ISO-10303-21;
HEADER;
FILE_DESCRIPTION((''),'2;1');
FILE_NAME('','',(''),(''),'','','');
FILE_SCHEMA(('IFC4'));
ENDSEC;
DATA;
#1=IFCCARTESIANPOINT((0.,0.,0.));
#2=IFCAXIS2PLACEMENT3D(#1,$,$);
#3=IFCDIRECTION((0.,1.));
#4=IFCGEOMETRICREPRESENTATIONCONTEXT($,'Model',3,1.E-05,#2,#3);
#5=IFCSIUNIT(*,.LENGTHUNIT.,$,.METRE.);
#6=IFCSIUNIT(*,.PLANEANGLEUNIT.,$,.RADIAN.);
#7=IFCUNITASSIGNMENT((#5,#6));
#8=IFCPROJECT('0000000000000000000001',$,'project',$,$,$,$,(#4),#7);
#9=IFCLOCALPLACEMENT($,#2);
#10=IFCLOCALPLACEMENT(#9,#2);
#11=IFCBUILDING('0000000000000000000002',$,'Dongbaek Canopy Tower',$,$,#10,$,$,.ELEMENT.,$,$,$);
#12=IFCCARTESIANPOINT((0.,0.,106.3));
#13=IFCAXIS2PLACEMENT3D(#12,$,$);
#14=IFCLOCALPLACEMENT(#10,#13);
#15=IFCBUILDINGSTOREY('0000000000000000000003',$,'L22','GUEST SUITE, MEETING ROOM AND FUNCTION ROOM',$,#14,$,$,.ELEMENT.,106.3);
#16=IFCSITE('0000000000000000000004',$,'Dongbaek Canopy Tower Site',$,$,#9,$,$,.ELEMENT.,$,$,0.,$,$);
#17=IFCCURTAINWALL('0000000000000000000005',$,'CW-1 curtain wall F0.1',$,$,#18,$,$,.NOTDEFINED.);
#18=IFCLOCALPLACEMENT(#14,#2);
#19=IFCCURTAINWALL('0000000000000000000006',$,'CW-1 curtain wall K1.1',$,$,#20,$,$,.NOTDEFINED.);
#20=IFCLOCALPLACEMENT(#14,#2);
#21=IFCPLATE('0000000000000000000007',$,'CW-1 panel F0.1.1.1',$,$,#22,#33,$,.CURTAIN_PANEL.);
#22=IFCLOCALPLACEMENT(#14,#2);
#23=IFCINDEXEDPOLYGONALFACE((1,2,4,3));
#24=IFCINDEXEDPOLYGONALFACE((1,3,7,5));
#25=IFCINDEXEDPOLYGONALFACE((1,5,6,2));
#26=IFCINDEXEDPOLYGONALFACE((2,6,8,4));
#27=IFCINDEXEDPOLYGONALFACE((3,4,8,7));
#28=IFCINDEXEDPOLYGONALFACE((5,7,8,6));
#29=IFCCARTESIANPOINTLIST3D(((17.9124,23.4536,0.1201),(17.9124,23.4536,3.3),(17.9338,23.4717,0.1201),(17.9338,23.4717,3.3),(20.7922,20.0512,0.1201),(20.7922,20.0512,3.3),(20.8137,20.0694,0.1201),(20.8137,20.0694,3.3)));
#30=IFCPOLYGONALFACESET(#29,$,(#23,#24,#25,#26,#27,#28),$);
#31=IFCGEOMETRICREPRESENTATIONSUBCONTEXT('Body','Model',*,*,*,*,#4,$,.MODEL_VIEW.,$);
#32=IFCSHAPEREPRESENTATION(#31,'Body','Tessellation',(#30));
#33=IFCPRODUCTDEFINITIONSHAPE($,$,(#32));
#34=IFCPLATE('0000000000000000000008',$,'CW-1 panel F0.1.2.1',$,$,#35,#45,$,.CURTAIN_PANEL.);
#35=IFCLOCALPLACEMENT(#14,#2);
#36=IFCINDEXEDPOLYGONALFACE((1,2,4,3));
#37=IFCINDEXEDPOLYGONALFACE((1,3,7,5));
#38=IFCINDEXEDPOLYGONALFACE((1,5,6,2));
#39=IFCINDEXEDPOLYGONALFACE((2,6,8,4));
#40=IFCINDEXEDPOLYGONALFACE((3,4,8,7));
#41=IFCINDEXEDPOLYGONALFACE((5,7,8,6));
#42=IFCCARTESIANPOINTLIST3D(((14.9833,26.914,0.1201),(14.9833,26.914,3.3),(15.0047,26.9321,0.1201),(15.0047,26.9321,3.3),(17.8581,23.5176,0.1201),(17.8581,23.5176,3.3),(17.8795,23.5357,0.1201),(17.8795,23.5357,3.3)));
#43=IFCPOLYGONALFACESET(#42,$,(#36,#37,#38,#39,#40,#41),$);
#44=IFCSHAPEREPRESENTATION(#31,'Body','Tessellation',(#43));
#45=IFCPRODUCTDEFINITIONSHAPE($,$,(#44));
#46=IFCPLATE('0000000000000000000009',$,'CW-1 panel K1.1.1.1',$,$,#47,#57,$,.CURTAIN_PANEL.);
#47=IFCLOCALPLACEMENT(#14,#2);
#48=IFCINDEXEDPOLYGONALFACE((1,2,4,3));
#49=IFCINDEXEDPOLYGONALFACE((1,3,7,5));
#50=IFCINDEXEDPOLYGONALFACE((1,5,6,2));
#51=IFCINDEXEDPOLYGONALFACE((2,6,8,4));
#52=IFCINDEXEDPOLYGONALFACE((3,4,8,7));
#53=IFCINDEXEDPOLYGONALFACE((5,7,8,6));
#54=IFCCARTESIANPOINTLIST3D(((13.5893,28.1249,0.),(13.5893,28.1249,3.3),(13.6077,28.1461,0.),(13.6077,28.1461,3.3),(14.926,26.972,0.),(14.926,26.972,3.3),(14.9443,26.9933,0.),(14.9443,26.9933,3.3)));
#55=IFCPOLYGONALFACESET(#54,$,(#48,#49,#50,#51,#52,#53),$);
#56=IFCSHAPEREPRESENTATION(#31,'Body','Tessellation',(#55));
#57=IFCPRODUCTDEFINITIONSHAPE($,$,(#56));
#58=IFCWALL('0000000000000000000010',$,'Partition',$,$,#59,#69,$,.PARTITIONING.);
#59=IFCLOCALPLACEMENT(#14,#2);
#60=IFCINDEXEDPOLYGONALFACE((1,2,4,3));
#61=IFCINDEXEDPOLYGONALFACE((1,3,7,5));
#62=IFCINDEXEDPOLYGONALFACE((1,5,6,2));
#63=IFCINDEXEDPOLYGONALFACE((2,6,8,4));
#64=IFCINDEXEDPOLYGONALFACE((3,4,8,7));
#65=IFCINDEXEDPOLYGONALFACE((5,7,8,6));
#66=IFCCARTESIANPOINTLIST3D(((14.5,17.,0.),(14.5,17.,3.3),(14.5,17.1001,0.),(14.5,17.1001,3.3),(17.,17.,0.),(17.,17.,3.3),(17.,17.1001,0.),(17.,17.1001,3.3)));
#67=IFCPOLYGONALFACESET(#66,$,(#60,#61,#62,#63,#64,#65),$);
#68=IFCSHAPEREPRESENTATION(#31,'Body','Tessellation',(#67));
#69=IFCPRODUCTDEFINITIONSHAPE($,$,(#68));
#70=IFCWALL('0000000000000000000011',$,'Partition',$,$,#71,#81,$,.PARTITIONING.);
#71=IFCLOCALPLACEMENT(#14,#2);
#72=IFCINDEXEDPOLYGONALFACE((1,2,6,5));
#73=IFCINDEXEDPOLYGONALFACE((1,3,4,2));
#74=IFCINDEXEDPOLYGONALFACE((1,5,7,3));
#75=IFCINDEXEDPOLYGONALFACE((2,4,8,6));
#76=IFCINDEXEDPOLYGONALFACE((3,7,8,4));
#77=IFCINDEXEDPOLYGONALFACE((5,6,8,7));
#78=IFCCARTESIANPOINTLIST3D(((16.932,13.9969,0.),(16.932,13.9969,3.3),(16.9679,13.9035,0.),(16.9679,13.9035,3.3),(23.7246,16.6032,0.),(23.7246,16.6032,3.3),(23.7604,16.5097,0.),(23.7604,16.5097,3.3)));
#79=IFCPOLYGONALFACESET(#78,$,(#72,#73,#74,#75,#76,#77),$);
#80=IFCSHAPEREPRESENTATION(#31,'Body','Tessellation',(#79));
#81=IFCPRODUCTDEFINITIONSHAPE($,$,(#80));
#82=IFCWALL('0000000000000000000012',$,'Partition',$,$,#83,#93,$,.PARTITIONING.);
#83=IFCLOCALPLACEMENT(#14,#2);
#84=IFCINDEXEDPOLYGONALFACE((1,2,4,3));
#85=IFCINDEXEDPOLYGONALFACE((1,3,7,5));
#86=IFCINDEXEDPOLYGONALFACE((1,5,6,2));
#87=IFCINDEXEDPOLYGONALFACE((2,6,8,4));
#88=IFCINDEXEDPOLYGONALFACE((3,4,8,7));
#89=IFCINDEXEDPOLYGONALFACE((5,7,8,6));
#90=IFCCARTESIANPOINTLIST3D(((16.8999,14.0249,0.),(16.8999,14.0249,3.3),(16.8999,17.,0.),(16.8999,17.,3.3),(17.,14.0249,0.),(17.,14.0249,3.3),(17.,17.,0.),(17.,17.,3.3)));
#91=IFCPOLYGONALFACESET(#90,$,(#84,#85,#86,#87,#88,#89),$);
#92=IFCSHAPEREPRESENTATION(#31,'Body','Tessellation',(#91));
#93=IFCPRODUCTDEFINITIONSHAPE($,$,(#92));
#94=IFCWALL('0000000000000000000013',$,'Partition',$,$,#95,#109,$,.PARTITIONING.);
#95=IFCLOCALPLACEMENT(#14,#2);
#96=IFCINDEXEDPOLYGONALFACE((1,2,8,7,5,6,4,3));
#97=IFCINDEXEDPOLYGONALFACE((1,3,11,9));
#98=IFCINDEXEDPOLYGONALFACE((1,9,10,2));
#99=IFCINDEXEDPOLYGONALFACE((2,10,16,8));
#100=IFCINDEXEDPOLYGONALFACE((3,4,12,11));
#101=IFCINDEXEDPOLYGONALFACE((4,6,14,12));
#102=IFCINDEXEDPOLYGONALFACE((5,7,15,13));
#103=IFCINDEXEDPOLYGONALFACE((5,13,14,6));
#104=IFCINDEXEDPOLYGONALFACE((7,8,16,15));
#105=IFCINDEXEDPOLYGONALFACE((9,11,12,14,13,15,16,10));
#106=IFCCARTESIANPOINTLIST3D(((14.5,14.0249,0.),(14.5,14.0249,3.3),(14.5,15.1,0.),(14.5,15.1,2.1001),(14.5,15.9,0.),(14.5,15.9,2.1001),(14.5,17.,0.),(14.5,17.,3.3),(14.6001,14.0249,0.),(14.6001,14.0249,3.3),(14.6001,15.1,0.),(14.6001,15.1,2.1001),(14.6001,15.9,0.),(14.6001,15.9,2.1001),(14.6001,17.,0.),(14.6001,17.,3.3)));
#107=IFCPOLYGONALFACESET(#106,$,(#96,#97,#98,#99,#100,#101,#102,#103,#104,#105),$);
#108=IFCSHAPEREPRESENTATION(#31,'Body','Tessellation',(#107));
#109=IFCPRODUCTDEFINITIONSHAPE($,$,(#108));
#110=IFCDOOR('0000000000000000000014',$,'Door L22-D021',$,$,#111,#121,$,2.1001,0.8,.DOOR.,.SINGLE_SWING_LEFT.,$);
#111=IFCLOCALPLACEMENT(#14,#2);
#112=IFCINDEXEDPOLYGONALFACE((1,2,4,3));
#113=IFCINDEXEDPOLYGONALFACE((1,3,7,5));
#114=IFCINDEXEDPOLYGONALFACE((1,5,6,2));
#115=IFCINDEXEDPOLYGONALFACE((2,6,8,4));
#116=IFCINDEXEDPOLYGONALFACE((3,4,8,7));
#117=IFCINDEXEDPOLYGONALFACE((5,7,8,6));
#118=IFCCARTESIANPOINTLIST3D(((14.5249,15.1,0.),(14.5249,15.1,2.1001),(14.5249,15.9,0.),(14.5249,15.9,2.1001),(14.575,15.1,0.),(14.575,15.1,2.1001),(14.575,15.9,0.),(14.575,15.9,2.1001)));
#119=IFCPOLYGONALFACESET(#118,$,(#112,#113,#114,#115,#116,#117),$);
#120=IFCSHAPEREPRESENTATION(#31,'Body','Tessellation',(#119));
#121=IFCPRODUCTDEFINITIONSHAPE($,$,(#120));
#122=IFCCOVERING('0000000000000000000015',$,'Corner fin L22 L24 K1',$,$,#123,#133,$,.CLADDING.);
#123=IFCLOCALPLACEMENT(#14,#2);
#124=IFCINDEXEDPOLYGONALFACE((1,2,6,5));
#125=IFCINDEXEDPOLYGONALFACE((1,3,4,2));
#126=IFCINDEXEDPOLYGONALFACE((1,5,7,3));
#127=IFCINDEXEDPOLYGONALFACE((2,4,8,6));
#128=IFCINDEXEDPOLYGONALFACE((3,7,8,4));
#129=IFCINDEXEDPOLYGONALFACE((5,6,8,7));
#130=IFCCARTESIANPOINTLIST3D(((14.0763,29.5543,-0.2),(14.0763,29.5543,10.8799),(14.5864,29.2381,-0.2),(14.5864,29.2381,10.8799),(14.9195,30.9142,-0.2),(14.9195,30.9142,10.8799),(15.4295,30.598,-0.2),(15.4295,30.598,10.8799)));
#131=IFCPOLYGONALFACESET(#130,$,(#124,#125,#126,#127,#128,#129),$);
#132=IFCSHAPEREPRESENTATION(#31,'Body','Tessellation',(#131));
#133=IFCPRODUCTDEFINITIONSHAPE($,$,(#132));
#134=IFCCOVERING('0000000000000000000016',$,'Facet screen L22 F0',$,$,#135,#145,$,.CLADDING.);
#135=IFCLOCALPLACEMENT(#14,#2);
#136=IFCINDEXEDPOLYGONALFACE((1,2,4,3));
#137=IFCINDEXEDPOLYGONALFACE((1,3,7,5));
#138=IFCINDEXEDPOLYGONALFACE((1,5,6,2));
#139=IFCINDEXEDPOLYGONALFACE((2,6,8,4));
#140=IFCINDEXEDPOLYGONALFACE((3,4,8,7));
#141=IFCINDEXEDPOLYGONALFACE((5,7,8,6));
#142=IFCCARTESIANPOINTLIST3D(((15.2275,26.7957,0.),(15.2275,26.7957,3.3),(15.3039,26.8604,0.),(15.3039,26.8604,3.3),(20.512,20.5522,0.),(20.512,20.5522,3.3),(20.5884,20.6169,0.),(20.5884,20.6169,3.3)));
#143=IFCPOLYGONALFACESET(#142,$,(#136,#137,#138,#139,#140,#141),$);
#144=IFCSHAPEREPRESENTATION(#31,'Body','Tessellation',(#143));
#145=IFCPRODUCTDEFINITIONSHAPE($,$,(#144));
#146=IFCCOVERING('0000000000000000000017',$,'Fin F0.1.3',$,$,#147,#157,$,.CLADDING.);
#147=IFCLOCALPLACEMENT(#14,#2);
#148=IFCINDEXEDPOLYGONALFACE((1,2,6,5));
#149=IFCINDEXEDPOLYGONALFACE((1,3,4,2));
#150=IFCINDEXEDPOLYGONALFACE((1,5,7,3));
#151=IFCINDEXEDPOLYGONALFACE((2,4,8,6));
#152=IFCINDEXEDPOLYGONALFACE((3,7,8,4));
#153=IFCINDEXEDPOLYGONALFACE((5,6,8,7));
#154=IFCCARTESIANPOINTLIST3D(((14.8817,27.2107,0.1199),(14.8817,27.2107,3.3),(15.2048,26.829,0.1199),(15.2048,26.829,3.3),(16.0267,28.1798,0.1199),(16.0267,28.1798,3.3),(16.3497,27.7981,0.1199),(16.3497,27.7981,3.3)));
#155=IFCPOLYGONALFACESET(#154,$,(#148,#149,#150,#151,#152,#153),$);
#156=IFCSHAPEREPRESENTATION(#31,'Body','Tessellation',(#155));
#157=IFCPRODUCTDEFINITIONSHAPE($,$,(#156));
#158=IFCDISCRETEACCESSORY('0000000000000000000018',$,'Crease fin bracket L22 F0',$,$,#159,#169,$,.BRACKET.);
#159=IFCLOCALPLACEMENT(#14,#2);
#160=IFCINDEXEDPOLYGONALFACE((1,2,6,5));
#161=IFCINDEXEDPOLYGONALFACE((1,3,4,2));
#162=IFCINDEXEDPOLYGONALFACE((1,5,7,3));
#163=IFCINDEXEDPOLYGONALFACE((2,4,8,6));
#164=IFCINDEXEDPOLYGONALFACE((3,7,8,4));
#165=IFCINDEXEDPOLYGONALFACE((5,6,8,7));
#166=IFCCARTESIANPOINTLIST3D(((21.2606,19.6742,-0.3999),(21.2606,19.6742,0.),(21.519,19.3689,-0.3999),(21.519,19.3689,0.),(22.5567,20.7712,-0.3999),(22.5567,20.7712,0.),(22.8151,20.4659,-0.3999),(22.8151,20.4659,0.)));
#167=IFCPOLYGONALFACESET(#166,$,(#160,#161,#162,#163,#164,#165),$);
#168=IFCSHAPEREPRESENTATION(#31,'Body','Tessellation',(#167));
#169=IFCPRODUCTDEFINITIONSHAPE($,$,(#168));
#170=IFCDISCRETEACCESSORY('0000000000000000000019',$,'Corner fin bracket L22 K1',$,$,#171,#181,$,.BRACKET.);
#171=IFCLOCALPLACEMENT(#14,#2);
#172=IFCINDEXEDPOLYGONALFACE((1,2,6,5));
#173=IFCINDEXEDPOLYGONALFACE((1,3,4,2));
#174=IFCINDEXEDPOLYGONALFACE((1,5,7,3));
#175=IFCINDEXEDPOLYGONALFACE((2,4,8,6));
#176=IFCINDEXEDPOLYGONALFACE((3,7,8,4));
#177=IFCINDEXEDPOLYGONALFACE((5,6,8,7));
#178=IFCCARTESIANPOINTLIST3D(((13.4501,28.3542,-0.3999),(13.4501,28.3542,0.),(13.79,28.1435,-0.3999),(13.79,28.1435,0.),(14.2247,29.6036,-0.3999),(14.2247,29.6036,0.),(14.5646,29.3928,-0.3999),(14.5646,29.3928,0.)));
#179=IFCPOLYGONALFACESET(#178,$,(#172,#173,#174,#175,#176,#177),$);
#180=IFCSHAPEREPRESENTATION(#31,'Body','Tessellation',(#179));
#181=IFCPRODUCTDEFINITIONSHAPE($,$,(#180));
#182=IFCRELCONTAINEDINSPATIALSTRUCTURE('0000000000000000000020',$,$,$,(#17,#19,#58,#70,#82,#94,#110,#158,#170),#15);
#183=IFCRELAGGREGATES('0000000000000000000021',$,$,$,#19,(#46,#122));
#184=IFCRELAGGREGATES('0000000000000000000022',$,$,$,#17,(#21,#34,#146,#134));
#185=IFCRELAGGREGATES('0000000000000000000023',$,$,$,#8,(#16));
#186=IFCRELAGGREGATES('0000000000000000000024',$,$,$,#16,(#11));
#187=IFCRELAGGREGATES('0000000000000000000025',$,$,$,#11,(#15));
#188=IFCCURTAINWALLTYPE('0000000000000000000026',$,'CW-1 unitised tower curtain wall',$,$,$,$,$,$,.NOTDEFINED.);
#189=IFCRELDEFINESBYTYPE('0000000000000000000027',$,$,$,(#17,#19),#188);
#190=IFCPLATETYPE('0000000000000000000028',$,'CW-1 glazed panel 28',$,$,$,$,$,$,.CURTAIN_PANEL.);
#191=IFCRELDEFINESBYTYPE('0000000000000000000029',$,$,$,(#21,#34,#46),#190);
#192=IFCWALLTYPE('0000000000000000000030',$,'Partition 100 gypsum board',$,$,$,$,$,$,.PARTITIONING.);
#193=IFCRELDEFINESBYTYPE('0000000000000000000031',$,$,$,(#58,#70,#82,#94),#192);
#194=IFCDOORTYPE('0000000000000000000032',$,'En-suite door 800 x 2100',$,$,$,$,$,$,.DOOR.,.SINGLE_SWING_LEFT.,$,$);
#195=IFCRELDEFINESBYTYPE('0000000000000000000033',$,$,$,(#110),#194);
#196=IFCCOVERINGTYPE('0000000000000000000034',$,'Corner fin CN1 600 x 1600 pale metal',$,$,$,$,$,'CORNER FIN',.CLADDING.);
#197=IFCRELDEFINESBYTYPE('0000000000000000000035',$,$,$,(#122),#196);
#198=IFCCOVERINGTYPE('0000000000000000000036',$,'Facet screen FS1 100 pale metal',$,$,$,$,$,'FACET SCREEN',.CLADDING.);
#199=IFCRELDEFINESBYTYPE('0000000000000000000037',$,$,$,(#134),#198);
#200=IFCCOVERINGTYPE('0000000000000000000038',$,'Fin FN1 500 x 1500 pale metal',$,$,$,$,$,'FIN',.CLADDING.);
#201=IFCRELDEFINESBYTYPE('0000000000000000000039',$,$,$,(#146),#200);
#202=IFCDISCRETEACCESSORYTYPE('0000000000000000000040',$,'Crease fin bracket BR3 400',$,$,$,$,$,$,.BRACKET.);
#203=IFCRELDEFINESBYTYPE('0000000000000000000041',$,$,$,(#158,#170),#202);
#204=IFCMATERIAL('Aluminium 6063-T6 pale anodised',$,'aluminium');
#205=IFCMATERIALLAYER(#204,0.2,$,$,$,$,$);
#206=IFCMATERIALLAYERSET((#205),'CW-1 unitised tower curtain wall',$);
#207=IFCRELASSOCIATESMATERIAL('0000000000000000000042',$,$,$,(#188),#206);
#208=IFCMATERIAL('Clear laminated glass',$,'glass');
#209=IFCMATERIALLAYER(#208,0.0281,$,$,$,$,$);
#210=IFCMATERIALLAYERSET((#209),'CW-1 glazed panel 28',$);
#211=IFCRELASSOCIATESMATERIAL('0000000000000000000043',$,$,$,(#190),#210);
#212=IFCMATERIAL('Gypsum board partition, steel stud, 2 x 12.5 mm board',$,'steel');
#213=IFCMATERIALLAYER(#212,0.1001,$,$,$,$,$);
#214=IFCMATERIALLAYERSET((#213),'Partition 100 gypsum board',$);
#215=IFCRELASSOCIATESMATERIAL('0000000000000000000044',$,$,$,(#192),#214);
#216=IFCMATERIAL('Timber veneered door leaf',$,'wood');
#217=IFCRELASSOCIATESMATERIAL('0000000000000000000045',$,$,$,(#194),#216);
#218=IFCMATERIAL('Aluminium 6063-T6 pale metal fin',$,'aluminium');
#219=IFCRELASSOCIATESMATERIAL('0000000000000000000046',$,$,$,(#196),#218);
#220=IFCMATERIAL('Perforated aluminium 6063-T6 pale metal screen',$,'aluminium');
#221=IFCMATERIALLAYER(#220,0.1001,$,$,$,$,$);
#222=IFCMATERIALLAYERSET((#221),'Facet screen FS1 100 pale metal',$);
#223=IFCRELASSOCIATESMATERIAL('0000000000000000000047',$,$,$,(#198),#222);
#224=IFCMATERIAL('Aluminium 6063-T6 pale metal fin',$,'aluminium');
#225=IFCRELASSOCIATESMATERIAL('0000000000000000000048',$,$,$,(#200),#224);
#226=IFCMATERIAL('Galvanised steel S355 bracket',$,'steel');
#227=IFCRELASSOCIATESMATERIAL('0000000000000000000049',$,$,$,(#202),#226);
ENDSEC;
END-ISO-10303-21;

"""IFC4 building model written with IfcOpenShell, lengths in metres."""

from ifc_helpers import new_model, si_unit, direction, frame, frame_2d, origin, origin_2d, place, context, subcontext, project, spatial, rectangle, extrude, material, layer, layer_set, material_profile, profile_set, type_object, element, fill, aggregate, save


model = new_model("IFC4")

# Units and contexts
model_context = context("Model", 3, precision=1e-05, world=origin(), true_north=direction((0.0, 1.0)))
body_context = subcontext(model_context, "Body", "Model", "MODEL_VIEW")
ifc_project = project(units=[si_unit("LENGTHUNIT", "METRE"), si_unit("PLANEANGLEUNIT", "RADIAN")], contexts=[model_context])

# Site, building, storey
site_placement = place(None, origin())
site = spatial("IfcSite", under=ifc_project, at=site_placement, Name="Dongbaek Canopy Tower Site", CompositionType="ELEMENT", RefElevation=0.0)
building_placement = place(site_placement, origin())
building = spatial("IfcBuilding", under=site, at=building_placement, Name="Dongbaek Canopy Tower", CompositionType="ELEMENT")
storey_placement = place(building_placement, frame((0.0, 0.0, 106.3)))
storey = spatial("IfcBuildingStorey", under=building, at=storey_placement, Name="L22", Description="GUEST SUITE, MEETING ROOM AND FUNCTION ROOM", CompositionType="ELEMENT", Elevation=106.3)

# Curtain wall
ifc_material_1 = material(Name="Aluminium 6063-T6 pale anodised", Category="aluminium")
ifc_layer_1 = layer(ifc_material_1, 0.2)
ifc_layer_set_1 = layer_set([ifc_layer_1], Name="CW-1 unitised tower curtain wall")
curtain_wall_type = type_object("IfcCurtainWallType", Name="CW-1 unitised tower curtain wall", PredefinedType="NOTDEFINED", material=ifc_layer_set_1)
curtain_wall_1_placement = place(storey_placement, origin())
curtain_wall_1 = element("IfcCurtainWall", 1, at=curtain_wall_1_placement, inside=storey, type_object=curtain_wall_type, Name="CW-1 curtain wall F0.1", PredefinedType="NOTDEFINED")

# Curtain wall
curtain_wall_2_placement = place(storey_placement, origin())
curtain_wall_2 = element("IfcCurtainWall", 2, at=curtain_wall_2_placement, inside=storey, type_object=curtain_wall_type, Name="CW-1 curtain wall K1.1", PredefinedType="NOTDEFINED")

# Plates
ifc_material_2 = material(Name="Clear laminated glass", Category="glass")
ifc_layer_2 = layer(ifc_material_2, 0.0281)
ifc_layer_set_2 = layer_set([ifc_layer_2], Name="CW-1 glazed panel 28")
plate_type = type_object("IfcPlateType", Name="CW-1 glazed panel 28", PredefinedType="CURTAIN_PANEL", material=ifc_layer_set_2)
plate_1_placement = place(storey_placement, frame((19.363, 21.7615, 0.1201), z_axis=(0.0, 0.0, 1.0), x_axis=(-0.646056, 0.76329, 0.0)))
plate_1 = element("IfcPlate", 3, at=plate_1_placement, type_object=plate_type, Name="CW-1 panel F0.1.1.1", PredefinedType="CURTAIN_PANEL", context=body_context, shape_type="SweptSolid", body=[
    extrude(rectangle(XDim=4.4575, YDim=0.0281, at=origin_2d()), origin(), (0.0, 0.0, 1.0), 3.1799),
])
plate_2_placement = place(storey_placement, frame((16.4314, 25.2249, 0.1201), z_axis=(0.0, 0.0, 1.0), x_axis=(-0.646056, 0.76329, 0.0)))
plate_2 = element("IfcPlate", 4, at=plate_2_placement, type_object=plate_type, Name="CW-1 panel F0.1.2.1", PredefinedType="CURTAIN_PANEL", context=body_context, shape_type="SweptSolid", body=[
    extrude(rectangle(XDim=4.4497, YDim=0.0281, at=origin_2d()), origin(), (0.0, 0.0, 1.0), 3.1799),
])
plate_3_placement = place(storey_placement, frame((14.2668, 27.5591, 0.0), z_axis=(0.0, 0.0, 1.0), x_axis=(-0.757258, 0.653115, 0.0)))
plate_3 = element("IfcPlate", 5, at=plate_3_placement, type_object=plate_type, Name="CW-1 panel K1.1.1.1", PredefinedType="CURTAIN_PANEL", context=body_context, shape_type="SweptSolid", body=[
    extrude(rectangle(XDim=1.7651, YDim=0.0281, at=origin_2d()), origin(), (0.0, 0.0, 1.0), 3.3),
])

# Walls
ifc_material_3 = material(Name="Gypsum board partition, steel stud, 2 x 12.5 mm board", Category="steel")
ifc_layer_3 = layer(ifc_material_3, 0.1001)
ifc_layer_set_3 = layer_set([ifc_layer_3], Name="Partition 100 gypsum board")
wall_type = type_object("IfcWallType", Name="Partition 100 gypsum board", PredefinedType="PARTITIONING", material=ifc_layer_set_3)
wall_1_placement = place(storey_placement, frame((14.5, 17.05, 0.0), z_axis=(0.0, 0.0, 1.0), x_axis=(1.0, 0.0, 0.0)))
element("IfcWall", 6, at=wall_1_placement, inside=storey, type_object=wall_type, Name="Partition", PredefinedType="PARTITIONING", context=body_context, shape_type="SweptSolid", body=[
    extrude(rectangle(XDim=2.5, YDim=0.1001, at=frame_2d((1.25, 0.0))), origin(), (0.0, 0.0, 1.0), 3.3),
])
wall_2_placement = place(storey_placement, frame((16.95, 13.9502, 0.0), z_axis=(0.0, 0.0, 1.0), x_axis=(0.933635, 0.358226, 0.0)))
element("IfcWall", 7, at=wall_2_placement, inside=storey, type_object=wall_type, Name="Partition", PredefinedType="PARTITIONING", context=body_context, shape_type="SweptSolid", body=[
    extrude(rectangle(XDim=7.2754, YDim=0.1001, at=frame_2d((3.6377, 0.0))), origin(), (0.0, 0.0, 1.0), 3.3),
])
wall_3_placement = place(storey_placement, frame((16.95, 14.0249, 0.0), z_axis=(0.0, 0.0, 1.0), x_axis=(0.0, 1.0, 0.0)))
element("IfcWall", 8, at=wall_3_placement, inside=storey, type_object=wall_type, Name="Partition", PredefinedType="PARTITIONING", context=body_context, shape_type="SweptSolid", body=[
    extrude(rectangle(XDim=2.9751, YDim=0.1001, at=frame_2d((1.4875, 0.0))), origin(), (0.0, 0.0, 1.0), 3.3),
])

# Wall, opening, door
wall_4_placement = place(storey_placement, frame((14.55, 17.0, 0.0), z_axis=(0.0, 0.0, 1.0), x_axis=(0.0, -1.0, 0.0)))
wall_4 = element("IfcWall", 9, at=wall_4_placement, inside=storey, type_object=wall_type, Name="Partition", PredefinedType="PARTITIONING", context=body_context, shape_type="SweptSolid", body=[
    extrude(rectangle(XDim=2.9751, YDim=0.1001, at=frame_2d((1.4875, 0.0))), origin(), (0.0, 0.0, 1.0), 3.3),
])
opening_placement = place(wall_4_placement, frame((1.1001, 0.0, 0.0)))
opening = element("IfcOpeningElement", 10, at=opening_placement, cuts=wall_4, PredefinedType="OPENING", context=body_context, shape_type="SweptSolid", body=[
    extrude(rectangle(XDim=0.8, YDim=2.1001, at=frame_2d((0.3999, 1.05))), frame((0.0, 0.0601, 0.0), z_axis=(0.0, -1.0, 0.0), x_axis=(1.0, 0.0, 0.0)), (0.0, 0.0, 1.0), 0.1201),
])
ifc_material_4 = material(Name="Timber veneered door leaf", Category="wood")
door_type = type_object("IfcDoorType", Name="En-suite door 800 x 2100", OperationType="SINGLE_SWING_LEFT", PredefinedType="DOOR", material=ifc_material_4)
door_placement = place(opening_placement, origin())
door = element("IfcDoor", 11, at=door_placement, inside=storey, type_object=door_type, Name="Door L22-D021", OperationType="SINGLE_SWING_LEFT", OverallHeight=2.1001, OverallWidth=0.8, PredefinedType="DOOR", context=body_context, shape_type="SweptSolid", body=[
    extrude(rectangle(XDim=0.8, YDim=2.1001, at=frame_2d((0.3999, 1.05))), frame((0.0, 0.0249, 0.0), z_axis=(0.0, -1.0, 0.0), x_axis=(1.0, 0.0, 0.0)), (0.0, 0.0, 1.0), 0.05),
])
fill(opening, door)

# Coverings
ifc_material_5 = material(Name="Aluminium 6063-T6 pale metal fin", Category="aluminium")
ifc_material_profile_1 = material_profile(ifc_material_5, rectangle(XDim=1.6001, YDim=0.6001, at=origin_2d()), Name="Corner fin CN1 600 x 1600 pale metal")
ifc_profile_set_1 = profile_set([ifc_material_profile_1], Name="Aluminium 6063-T6 pale metal fin")
covering_type_1 = type_object("IfcCoveringType", Name="Corner fin CN1 600 x 1600 pale metal", ElementType="CORNER FIN", PredefinedType="CLADDING", material=ifc_profile_set_1)
covering_1_placement = place(storey_placement, frame((14.7529, 30.0762, -0.2), z_axis=(0.0, 0.0, 1.0), x_axis=(0.526937, 0.849905, 0.0)))
covering_1 = element("IfcCovering", 12, at=covering_1_placement, type_object=covering_type_1, Name="Corner fin L22 L24 K1", PredefinedType="CLADDING", context=body_context, shape_type="SweptSolid", body=[
    extrude(rectangle(XDim=1.6001, YDim=0.6001, at=origin_2d()), origin(), (0.0, 0.0, 1.0), 11.0798),
])
aggregate(curtain_wall_2, [plate_3, covering_1])
ifc_material_6 = material(Name="Perforated aluminium 6063-T6 pale metal screen", Category="aluminium")
ifc_layer_4 = layer(ifc_material_6, 0.1001)
ifc_layer_set_4 = layer_set([ifc_layer_4], Name="Facet screen FS1 100 pale metal")
covering_type_2 = type_object("IfcCoveringType", Name="Facet screen FS1 100 pale metal", ElementType="FACET SCREEN", PredefinedType="CLADDING", material=ifc_layer_set_4)
covering_2_placement = place(storey_placement, frame((17.908, 23.7063, 0.0), z_axis=(0.0, 0.0, 1.0), x_axis=(-0.646056, 0.76329, 0.0)))
covering_2 = element("IfcCovering", 13, at=covering_2_placement, type_object=covering_type_2, Name="Facet screen L22 F0", PredefinedType="CLADDING", context=body_context, shape_type="SweptSolid", body=[
    extrude(rectangle(XDim=8.1797, YDim=0.1001, at=origin_2d()), origin(), (0.0, 0.0, 1.0), 3.3),
])
ifc_material_7 = material(Name="Aluminium 6063-T6 pale metal fin", Category="aluminium")
ifc_material_profile_2 = material_profile(ifc_material_7, rectangle(XDim=1.5, YDim=0.5, at=origin_2d()), Name="Fin FN1 500 x 1500 pale metal")
ifc_profile_set_2 = profile_set([ifc_material_profile_2], Name="Aluminium 6063-T6 pale metal fin")
covering_type_3 = type_object("IfcCoveringType", Name="Fin FN1 500 x 1500 pale metal", ElementType="FIN", PredefinedType="CLADDING", material=ifc_profile_set_2)
covering_3_placement = place(storey_placement, frame((15.6157, 27.5044, 0.1199), z_axis=(0.0, 0.0, 1.0), x_axis=(0.76329, 0.646056, 0.0)))
covering_3 = element("IfcCovering", 14, at=covering_3_placement, type_object=covering_type_3, Name="Fin F0.1.3", PredefinedType="CLADDING", context=body_context, shape_type="SweptSolid", body=[
    extrude(rectangle(XDim=1.5, YDim=0.5, at=origin_2d()), origin(), (0.0, 0.0, 1.0), 3.1802),
])
aggregate(curtain_wall_1, [plate_1, plate_2, covering_3, covering_2])

# Discrete accessories
ifc_material_8 = material(Name="Galvanised steel S355 bracket", Category="steel")
discrete_accessory_type = type_object("IfcDiscreteAccessoryType", Name="Crease fin bracket BR3 400", PredefinedType="BRACKET", material=ifc_material_8)
discrete_accessory_1_placement = place(storey_placement, frame((22.0378, 20.0701, -0.3999), z_axis=(0.0, 0.0, 1.0), x_axis=(0.76329, 0.646056, 0.0)))
element("IfcDiscreteAccessory", 15, at=discrete_accessory_1_placement, inside=storey, type_object=discrete_accessory_type, Name="Crease fin bracket L22 F0", PredefinedType="BRACKET", context=body_context, shape_type="SweptSolid", body=[
    extrude(rectangle(XDim=1.698, YDim=0.3999, at=origin_2d()), origin(), (0.0, 0.0, 1.0), 0.3999),
])
discrete_accessory_2_placement = place(storey_placement, frame((14.0073, 28.8735, -0.3999), z_axis=(0.0, 0.0, 1.0), x_axis=(0.526937, 0.849905, 0.0)))
element("IfcDiscreteAccessory", 16, at=discrete_accessory_2_placement, inside=storey, type_object=discrete_accessory_type, Name="Corner fin bracket L22 K1", PredefinedType="BRACKET", context=body_context, shape_type="SweptSolid", body=[
    extrude(rectangle(XDim=1.47, YDim=0.3999, at=origin_2d()), origin(), (0.0, 0.0, 1.0), 0.3999),
])

save(model, "model.ifc")
